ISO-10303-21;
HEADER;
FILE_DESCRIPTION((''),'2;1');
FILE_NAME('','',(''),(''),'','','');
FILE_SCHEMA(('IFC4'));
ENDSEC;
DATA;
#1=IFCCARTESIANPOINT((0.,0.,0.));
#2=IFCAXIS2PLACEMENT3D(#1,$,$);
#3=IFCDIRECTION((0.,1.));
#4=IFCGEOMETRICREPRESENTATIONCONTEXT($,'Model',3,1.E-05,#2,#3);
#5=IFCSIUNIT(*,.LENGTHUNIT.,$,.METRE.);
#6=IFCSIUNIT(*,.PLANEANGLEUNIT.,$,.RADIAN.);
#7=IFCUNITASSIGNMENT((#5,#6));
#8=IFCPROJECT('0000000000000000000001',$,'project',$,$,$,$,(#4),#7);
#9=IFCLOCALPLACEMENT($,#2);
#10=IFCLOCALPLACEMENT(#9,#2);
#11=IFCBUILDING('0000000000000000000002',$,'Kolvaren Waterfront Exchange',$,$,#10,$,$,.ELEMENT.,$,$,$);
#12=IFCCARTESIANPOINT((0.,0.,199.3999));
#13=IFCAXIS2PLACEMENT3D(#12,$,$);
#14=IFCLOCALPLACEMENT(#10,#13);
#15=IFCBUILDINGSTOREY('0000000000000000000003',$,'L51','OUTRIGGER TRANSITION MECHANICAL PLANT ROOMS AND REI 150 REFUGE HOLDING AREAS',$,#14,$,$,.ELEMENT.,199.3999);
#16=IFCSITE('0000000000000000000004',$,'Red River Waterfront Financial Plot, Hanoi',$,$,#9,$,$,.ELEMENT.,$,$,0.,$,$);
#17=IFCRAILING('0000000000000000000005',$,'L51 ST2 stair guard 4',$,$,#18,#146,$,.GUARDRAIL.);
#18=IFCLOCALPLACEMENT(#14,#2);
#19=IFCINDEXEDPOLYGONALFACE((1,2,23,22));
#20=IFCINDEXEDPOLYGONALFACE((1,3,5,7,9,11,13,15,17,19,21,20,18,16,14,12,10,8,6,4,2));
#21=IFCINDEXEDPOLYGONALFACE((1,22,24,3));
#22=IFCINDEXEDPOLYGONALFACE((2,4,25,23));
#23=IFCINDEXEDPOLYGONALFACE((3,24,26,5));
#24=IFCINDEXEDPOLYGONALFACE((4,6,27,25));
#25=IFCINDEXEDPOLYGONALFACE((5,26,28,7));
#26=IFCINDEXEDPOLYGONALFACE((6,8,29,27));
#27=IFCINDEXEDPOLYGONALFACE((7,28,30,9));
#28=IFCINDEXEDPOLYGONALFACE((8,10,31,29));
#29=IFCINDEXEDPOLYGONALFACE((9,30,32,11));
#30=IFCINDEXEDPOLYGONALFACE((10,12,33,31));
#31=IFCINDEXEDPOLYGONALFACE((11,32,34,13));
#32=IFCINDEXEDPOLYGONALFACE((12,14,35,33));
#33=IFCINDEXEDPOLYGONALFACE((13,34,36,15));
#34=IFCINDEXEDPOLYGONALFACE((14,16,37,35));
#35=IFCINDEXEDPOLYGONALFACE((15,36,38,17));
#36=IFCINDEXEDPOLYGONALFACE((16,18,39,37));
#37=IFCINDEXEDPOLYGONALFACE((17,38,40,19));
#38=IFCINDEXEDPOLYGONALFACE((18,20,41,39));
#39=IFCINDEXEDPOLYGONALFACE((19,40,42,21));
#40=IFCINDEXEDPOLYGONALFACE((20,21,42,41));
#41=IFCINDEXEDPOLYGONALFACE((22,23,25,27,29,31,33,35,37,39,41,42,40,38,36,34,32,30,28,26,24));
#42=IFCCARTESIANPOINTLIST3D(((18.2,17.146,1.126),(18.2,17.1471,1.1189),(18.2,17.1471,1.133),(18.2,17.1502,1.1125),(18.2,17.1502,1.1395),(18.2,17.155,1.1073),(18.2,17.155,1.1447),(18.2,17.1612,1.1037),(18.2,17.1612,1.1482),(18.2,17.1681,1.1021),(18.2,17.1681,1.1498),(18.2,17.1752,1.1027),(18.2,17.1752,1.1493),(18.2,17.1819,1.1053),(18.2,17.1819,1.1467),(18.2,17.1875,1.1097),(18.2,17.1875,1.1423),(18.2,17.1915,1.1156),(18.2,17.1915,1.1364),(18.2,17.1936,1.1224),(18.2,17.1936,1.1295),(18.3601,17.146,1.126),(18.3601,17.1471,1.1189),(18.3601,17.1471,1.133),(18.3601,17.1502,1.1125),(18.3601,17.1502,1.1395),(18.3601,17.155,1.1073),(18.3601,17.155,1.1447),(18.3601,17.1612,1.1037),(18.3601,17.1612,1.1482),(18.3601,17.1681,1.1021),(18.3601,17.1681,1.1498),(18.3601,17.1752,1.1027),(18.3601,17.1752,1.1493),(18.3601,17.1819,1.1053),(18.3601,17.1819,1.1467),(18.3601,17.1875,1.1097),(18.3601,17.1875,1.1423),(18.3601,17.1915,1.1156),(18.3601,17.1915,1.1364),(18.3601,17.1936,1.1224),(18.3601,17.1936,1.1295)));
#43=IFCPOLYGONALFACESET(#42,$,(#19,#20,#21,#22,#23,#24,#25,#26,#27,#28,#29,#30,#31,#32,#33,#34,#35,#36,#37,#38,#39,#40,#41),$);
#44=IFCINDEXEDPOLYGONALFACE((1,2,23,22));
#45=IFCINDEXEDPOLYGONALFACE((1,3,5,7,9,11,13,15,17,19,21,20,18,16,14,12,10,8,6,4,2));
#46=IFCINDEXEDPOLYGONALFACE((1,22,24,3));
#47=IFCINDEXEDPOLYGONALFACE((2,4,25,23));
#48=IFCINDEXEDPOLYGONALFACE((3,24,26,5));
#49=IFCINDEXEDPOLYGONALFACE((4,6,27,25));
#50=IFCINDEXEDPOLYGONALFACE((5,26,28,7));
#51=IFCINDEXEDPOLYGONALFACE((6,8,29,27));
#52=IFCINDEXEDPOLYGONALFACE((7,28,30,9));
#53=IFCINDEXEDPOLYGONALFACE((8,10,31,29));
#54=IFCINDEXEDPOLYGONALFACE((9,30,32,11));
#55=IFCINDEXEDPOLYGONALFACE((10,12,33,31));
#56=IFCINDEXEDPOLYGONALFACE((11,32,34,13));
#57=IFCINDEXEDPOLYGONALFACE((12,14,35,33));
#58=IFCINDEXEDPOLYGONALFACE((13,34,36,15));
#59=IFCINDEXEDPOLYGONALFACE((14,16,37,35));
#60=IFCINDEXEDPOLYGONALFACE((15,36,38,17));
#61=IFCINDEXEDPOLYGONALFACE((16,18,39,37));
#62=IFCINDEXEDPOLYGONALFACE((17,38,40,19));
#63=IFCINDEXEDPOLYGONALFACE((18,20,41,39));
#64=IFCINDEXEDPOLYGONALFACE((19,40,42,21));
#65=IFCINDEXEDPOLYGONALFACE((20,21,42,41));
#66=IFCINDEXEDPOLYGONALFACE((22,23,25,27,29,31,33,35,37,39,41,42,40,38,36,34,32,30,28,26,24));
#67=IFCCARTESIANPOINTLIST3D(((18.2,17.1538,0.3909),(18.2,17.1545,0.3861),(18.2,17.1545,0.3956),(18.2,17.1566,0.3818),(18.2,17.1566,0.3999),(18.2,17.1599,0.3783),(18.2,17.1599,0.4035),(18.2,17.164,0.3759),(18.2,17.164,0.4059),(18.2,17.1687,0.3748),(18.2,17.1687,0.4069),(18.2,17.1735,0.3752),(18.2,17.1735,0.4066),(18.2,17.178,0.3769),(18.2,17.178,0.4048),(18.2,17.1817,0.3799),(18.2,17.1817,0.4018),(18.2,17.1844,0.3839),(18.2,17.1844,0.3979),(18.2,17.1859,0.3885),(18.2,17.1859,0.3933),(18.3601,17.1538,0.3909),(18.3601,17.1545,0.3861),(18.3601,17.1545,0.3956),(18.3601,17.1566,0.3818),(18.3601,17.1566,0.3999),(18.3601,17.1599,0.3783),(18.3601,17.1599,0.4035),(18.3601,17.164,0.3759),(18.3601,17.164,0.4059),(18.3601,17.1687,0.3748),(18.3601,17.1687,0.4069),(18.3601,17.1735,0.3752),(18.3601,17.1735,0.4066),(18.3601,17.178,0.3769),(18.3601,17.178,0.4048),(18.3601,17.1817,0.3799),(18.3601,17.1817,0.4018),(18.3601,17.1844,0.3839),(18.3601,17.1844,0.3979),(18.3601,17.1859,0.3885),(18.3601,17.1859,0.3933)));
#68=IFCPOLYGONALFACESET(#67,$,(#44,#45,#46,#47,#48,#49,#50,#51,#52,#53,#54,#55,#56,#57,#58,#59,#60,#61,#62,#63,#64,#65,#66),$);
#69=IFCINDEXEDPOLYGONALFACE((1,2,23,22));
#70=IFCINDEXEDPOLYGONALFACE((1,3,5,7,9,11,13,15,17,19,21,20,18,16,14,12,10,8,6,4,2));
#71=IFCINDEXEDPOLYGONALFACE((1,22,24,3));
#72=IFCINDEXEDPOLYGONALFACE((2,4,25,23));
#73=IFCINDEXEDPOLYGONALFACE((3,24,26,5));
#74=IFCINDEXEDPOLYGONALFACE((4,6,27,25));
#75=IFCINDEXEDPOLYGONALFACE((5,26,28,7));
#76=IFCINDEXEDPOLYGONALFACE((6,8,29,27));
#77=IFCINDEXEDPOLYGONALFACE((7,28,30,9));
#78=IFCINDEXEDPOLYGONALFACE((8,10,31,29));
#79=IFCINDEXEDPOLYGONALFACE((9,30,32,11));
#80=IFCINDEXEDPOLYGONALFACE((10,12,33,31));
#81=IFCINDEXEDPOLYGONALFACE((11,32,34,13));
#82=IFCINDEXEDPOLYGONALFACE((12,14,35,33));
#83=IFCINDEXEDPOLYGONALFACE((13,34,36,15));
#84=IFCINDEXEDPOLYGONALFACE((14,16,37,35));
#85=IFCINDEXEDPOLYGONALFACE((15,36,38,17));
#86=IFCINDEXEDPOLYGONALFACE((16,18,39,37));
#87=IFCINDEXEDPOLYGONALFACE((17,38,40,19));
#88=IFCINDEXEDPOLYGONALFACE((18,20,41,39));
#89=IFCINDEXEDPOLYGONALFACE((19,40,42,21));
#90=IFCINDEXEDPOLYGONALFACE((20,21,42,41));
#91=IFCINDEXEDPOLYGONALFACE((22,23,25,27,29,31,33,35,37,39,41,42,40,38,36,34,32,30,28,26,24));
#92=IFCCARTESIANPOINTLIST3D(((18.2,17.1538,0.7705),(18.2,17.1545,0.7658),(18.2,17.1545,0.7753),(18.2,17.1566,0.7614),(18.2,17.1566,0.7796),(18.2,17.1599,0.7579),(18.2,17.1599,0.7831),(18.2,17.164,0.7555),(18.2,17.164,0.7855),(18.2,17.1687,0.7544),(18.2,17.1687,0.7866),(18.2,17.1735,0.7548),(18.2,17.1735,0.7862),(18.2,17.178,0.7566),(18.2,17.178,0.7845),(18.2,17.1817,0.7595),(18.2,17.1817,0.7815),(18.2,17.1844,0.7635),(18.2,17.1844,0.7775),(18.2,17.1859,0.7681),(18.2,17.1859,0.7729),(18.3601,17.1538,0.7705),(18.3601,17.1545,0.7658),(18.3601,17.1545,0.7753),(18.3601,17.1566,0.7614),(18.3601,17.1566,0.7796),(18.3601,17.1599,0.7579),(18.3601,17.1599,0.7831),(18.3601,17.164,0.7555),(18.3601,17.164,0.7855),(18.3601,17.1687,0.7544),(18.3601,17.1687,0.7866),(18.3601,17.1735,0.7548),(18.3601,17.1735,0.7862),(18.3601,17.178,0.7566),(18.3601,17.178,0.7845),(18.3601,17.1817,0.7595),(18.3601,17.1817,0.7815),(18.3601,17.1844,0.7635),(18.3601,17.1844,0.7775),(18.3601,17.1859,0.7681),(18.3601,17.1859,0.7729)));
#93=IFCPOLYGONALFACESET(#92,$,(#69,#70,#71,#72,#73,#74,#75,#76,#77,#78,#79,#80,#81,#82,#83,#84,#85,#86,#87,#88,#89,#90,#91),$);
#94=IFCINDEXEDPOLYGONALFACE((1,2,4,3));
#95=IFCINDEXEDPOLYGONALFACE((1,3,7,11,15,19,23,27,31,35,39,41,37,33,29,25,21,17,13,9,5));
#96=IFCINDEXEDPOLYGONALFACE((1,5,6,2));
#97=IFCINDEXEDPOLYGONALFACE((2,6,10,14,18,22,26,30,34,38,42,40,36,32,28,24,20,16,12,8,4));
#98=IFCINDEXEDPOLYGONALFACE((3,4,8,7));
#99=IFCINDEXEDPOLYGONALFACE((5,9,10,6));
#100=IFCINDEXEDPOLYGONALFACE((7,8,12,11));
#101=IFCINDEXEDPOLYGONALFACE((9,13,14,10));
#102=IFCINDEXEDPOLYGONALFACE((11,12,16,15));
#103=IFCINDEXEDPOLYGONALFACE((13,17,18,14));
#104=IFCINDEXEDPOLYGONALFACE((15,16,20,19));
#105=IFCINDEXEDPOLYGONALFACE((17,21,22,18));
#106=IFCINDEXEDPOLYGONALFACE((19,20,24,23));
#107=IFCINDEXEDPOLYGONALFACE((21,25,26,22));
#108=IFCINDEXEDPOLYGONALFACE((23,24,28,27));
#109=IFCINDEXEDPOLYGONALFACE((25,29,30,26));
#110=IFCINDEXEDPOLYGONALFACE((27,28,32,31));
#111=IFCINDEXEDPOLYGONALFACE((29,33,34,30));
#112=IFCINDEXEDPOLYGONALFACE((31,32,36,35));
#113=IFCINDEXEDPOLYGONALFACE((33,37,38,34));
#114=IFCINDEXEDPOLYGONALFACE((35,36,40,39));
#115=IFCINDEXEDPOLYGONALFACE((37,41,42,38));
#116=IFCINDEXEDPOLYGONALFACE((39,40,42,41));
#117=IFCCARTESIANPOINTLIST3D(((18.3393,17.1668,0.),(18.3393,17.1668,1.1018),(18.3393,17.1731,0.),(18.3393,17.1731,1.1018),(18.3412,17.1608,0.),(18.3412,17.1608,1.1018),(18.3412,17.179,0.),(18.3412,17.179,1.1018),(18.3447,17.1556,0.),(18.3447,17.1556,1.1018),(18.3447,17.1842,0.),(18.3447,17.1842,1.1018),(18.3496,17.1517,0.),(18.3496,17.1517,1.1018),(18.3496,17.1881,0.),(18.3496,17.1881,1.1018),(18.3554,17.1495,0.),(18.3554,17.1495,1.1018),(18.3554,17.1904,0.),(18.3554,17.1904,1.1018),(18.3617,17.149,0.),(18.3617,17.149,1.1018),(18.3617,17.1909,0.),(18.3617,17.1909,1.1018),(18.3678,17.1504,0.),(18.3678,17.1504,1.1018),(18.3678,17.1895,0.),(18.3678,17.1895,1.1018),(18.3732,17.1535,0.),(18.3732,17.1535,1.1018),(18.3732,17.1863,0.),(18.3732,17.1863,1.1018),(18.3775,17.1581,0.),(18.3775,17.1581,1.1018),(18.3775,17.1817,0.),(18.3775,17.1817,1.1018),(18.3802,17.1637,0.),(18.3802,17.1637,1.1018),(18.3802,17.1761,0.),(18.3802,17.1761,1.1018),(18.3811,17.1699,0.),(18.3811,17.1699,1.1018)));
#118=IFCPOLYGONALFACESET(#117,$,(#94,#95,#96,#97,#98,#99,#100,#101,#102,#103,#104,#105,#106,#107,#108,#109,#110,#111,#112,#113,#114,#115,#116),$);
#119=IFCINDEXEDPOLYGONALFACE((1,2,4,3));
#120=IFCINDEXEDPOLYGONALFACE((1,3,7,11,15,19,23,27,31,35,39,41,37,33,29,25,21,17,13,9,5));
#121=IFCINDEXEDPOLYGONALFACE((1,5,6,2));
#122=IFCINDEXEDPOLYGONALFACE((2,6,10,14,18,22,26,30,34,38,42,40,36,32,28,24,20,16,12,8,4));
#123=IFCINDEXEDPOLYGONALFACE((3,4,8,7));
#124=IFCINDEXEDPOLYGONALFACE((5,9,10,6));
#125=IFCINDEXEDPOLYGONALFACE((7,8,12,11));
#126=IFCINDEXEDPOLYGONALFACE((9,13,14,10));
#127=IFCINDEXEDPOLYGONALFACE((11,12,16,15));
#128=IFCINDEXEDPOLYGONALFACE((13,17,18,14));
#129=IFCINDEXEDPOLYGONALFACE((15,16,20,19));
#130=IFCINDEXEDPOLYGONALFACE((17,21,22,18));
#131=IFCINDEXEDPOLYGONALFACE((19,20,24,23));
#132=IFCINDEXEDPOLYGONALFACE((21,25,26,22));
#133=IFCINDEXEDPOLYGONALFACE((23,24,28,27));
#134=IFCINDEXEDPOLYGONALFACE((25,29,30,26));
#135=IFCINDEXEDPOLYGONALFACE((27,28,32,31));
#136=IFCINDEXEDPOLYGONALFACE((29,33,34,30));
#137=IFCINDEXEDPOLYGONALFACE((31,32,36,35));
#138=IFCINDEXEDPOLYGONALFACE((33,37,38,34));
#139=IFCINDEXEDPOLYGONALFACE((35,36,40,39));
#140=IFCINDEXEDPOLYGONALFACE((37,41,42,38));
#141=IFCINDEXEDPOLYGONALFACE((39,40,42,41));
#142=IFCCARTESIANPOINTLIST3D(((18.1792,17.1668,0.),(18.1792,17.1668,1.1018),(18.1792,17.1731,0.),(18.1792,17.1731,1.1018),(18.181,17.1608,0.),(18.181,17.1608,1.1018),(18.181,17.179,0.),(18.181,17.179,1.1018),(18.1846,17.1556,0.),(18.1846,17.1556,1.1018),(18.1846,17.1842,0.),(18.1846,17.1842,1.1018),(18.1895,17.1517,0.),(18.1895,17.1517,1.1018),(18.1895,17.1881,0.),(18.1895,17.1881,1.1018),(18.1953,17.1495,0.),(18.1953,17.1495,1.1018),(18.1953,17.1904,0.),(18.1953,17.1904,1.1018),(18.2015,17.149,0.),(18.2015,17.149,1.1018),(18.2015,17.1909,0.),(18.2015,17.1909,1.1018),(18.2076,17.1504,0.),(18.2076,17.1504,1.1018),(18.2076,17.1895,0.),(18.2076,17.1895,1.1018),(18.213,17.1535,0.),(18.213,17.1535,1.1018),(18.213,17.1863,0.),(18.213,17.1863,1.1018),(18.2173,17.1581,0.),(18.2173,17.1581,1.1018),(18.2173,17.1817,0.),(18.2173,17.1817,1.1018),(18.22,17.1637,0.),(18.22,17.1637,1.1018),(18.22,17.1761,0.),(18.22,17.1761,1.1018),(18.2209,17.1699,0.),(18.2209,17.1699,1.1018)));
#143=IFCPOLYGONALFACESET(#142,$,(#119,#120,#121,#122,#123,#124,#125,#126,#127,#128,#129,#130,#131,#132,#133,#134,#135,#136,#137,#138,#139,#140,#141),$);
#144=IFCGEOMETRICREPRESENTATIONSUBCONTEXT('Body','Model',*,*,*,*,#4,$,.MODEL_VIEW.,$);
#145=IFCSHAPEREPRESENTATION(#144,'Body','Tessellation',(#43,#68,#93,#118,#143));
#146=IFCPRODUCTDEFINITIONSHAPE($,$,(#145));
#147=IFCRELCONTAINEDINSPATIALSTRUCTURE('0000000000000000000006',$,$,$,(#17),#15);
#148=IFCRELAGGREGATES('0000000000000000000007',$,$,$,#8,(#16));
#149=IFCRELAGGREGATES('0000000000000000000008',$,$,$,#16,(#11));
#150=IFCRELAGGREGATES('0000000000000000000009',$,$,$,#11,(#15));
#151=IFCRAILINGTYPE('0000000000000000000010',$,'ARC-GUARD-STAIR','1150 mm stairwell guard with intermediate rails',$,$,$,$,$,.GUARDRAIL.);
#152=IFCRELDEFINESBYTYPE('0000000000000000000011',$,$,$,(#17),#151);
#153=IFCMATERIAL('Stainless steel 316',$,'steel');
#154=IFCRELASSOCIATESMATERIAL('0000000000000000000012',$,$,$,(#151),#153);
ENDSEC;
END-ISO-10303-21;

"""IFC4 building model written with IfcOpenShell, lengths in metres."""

from ifc_helpers import new_model, si_unit, direction, frame, origin, origin_2d, place, context, subcontext, project, spatial, circle, extrude, material, type_object, element, save


model = new_model("IFC4")

# Units and contexts
model_context = context("Model", 3, precision=1e-05, world=origin(), true_north=direction((0.0, 1.0)))
body_context = subcontext(model_context, "Body", "Model", "MODEL_VIEW")
ifc_project = project(units=[si_unit("LENGTHUNIT", "METRE"), si_unit("PLANEANGLEUNIT", "RADIAN")], contexts=[model_context])

# Site, building, storey
site_placement = place(None, origin())
site = spatial("IfcSite", under=ifc_project, at=site_placement, Name="Red River Waterfront Financial Plot, Hanoi", CompositionType="ELEMENT", RefElevation=0.0)
building_placement = place(site_placement, origin())
building = spatial("IfcBuilding", under=site, at=building_placement, Name="Kolvaren Waterfront Exchange", CompositionType="ELEMENT")
storey_placement = place(building_placement, frame((0.0, 0.0, 199.3999)))
storey = spatial("IfcBuildingStorey", under=building, at=storey_placement, Name="L51", Description="OUTRIGGER TRANSITION MECHANICAL PLANT ROOMS AND REI 150 REFUGE HOLDING AREAS", CompositionType="ELEMENT", Elevation=199.3999)

# Railing
ifc_material_1 = material(Name="Stainless steel 316", Category="steel")
railing_type_1 = type_object("IfcRailingType", Name="ARC-GUARD-STAIR", Description="1150 mm stairwell guard with intermediate rails", PredefinedType="GUARDRAIL", material=ifc_material_1)
railing_1_placement = place(storey_placement, frame((18.3601, 17.1699, 0.0)))
element("IfcRailing", 1, at=railing_1_placement, inside=storey, type_object=railing_type_1, Name="L51 ST2 stair guard 4", PredefinedType="GUARDRAIL", context=body_context, shape_type="SweptSolid", body=[
    extrude(circle(Radius=0.0239, at=origin_2d()), frame((0.0, 0.0, 1.126), z_axis=(-1.0, 0.0, 0.0), x_axis=(0.0, -1.0, 0.0)), (0.0, 0.0, 1.0), 0.1602),
    extrude(circle(Radius=0.0161, at=origin_2d()), frame((0.0, 0.0, 0.3909), z_axis=(-1.0, 0.0, 0.0), x_axis=(0.0, -1.0, 0.0)), (0.0, 0.0, 1.0), 0.1602),
    extrude(circle(Radius=0.0161, at=origin_2d()), frame((0.0, 0.0, 0.7705), z_axis=(-1.0, 0.0, 0.0), x_axis=(0.0, -1.0, 0.0)), (0.0, 0.0, 1.0), 0.1602),
    extrude(circle(Radius=0.021, at=origin_2d()), origin(), (0.0, 0.0, 1.0), 1.1018),
    extrude(circle(Radius=0.021, at=origin_2d()), frame((-0.1602, 0.0, 0.0)), (0.0, 0.0, 1.0), 1.1018),
])

save(model, "model.ifc")
